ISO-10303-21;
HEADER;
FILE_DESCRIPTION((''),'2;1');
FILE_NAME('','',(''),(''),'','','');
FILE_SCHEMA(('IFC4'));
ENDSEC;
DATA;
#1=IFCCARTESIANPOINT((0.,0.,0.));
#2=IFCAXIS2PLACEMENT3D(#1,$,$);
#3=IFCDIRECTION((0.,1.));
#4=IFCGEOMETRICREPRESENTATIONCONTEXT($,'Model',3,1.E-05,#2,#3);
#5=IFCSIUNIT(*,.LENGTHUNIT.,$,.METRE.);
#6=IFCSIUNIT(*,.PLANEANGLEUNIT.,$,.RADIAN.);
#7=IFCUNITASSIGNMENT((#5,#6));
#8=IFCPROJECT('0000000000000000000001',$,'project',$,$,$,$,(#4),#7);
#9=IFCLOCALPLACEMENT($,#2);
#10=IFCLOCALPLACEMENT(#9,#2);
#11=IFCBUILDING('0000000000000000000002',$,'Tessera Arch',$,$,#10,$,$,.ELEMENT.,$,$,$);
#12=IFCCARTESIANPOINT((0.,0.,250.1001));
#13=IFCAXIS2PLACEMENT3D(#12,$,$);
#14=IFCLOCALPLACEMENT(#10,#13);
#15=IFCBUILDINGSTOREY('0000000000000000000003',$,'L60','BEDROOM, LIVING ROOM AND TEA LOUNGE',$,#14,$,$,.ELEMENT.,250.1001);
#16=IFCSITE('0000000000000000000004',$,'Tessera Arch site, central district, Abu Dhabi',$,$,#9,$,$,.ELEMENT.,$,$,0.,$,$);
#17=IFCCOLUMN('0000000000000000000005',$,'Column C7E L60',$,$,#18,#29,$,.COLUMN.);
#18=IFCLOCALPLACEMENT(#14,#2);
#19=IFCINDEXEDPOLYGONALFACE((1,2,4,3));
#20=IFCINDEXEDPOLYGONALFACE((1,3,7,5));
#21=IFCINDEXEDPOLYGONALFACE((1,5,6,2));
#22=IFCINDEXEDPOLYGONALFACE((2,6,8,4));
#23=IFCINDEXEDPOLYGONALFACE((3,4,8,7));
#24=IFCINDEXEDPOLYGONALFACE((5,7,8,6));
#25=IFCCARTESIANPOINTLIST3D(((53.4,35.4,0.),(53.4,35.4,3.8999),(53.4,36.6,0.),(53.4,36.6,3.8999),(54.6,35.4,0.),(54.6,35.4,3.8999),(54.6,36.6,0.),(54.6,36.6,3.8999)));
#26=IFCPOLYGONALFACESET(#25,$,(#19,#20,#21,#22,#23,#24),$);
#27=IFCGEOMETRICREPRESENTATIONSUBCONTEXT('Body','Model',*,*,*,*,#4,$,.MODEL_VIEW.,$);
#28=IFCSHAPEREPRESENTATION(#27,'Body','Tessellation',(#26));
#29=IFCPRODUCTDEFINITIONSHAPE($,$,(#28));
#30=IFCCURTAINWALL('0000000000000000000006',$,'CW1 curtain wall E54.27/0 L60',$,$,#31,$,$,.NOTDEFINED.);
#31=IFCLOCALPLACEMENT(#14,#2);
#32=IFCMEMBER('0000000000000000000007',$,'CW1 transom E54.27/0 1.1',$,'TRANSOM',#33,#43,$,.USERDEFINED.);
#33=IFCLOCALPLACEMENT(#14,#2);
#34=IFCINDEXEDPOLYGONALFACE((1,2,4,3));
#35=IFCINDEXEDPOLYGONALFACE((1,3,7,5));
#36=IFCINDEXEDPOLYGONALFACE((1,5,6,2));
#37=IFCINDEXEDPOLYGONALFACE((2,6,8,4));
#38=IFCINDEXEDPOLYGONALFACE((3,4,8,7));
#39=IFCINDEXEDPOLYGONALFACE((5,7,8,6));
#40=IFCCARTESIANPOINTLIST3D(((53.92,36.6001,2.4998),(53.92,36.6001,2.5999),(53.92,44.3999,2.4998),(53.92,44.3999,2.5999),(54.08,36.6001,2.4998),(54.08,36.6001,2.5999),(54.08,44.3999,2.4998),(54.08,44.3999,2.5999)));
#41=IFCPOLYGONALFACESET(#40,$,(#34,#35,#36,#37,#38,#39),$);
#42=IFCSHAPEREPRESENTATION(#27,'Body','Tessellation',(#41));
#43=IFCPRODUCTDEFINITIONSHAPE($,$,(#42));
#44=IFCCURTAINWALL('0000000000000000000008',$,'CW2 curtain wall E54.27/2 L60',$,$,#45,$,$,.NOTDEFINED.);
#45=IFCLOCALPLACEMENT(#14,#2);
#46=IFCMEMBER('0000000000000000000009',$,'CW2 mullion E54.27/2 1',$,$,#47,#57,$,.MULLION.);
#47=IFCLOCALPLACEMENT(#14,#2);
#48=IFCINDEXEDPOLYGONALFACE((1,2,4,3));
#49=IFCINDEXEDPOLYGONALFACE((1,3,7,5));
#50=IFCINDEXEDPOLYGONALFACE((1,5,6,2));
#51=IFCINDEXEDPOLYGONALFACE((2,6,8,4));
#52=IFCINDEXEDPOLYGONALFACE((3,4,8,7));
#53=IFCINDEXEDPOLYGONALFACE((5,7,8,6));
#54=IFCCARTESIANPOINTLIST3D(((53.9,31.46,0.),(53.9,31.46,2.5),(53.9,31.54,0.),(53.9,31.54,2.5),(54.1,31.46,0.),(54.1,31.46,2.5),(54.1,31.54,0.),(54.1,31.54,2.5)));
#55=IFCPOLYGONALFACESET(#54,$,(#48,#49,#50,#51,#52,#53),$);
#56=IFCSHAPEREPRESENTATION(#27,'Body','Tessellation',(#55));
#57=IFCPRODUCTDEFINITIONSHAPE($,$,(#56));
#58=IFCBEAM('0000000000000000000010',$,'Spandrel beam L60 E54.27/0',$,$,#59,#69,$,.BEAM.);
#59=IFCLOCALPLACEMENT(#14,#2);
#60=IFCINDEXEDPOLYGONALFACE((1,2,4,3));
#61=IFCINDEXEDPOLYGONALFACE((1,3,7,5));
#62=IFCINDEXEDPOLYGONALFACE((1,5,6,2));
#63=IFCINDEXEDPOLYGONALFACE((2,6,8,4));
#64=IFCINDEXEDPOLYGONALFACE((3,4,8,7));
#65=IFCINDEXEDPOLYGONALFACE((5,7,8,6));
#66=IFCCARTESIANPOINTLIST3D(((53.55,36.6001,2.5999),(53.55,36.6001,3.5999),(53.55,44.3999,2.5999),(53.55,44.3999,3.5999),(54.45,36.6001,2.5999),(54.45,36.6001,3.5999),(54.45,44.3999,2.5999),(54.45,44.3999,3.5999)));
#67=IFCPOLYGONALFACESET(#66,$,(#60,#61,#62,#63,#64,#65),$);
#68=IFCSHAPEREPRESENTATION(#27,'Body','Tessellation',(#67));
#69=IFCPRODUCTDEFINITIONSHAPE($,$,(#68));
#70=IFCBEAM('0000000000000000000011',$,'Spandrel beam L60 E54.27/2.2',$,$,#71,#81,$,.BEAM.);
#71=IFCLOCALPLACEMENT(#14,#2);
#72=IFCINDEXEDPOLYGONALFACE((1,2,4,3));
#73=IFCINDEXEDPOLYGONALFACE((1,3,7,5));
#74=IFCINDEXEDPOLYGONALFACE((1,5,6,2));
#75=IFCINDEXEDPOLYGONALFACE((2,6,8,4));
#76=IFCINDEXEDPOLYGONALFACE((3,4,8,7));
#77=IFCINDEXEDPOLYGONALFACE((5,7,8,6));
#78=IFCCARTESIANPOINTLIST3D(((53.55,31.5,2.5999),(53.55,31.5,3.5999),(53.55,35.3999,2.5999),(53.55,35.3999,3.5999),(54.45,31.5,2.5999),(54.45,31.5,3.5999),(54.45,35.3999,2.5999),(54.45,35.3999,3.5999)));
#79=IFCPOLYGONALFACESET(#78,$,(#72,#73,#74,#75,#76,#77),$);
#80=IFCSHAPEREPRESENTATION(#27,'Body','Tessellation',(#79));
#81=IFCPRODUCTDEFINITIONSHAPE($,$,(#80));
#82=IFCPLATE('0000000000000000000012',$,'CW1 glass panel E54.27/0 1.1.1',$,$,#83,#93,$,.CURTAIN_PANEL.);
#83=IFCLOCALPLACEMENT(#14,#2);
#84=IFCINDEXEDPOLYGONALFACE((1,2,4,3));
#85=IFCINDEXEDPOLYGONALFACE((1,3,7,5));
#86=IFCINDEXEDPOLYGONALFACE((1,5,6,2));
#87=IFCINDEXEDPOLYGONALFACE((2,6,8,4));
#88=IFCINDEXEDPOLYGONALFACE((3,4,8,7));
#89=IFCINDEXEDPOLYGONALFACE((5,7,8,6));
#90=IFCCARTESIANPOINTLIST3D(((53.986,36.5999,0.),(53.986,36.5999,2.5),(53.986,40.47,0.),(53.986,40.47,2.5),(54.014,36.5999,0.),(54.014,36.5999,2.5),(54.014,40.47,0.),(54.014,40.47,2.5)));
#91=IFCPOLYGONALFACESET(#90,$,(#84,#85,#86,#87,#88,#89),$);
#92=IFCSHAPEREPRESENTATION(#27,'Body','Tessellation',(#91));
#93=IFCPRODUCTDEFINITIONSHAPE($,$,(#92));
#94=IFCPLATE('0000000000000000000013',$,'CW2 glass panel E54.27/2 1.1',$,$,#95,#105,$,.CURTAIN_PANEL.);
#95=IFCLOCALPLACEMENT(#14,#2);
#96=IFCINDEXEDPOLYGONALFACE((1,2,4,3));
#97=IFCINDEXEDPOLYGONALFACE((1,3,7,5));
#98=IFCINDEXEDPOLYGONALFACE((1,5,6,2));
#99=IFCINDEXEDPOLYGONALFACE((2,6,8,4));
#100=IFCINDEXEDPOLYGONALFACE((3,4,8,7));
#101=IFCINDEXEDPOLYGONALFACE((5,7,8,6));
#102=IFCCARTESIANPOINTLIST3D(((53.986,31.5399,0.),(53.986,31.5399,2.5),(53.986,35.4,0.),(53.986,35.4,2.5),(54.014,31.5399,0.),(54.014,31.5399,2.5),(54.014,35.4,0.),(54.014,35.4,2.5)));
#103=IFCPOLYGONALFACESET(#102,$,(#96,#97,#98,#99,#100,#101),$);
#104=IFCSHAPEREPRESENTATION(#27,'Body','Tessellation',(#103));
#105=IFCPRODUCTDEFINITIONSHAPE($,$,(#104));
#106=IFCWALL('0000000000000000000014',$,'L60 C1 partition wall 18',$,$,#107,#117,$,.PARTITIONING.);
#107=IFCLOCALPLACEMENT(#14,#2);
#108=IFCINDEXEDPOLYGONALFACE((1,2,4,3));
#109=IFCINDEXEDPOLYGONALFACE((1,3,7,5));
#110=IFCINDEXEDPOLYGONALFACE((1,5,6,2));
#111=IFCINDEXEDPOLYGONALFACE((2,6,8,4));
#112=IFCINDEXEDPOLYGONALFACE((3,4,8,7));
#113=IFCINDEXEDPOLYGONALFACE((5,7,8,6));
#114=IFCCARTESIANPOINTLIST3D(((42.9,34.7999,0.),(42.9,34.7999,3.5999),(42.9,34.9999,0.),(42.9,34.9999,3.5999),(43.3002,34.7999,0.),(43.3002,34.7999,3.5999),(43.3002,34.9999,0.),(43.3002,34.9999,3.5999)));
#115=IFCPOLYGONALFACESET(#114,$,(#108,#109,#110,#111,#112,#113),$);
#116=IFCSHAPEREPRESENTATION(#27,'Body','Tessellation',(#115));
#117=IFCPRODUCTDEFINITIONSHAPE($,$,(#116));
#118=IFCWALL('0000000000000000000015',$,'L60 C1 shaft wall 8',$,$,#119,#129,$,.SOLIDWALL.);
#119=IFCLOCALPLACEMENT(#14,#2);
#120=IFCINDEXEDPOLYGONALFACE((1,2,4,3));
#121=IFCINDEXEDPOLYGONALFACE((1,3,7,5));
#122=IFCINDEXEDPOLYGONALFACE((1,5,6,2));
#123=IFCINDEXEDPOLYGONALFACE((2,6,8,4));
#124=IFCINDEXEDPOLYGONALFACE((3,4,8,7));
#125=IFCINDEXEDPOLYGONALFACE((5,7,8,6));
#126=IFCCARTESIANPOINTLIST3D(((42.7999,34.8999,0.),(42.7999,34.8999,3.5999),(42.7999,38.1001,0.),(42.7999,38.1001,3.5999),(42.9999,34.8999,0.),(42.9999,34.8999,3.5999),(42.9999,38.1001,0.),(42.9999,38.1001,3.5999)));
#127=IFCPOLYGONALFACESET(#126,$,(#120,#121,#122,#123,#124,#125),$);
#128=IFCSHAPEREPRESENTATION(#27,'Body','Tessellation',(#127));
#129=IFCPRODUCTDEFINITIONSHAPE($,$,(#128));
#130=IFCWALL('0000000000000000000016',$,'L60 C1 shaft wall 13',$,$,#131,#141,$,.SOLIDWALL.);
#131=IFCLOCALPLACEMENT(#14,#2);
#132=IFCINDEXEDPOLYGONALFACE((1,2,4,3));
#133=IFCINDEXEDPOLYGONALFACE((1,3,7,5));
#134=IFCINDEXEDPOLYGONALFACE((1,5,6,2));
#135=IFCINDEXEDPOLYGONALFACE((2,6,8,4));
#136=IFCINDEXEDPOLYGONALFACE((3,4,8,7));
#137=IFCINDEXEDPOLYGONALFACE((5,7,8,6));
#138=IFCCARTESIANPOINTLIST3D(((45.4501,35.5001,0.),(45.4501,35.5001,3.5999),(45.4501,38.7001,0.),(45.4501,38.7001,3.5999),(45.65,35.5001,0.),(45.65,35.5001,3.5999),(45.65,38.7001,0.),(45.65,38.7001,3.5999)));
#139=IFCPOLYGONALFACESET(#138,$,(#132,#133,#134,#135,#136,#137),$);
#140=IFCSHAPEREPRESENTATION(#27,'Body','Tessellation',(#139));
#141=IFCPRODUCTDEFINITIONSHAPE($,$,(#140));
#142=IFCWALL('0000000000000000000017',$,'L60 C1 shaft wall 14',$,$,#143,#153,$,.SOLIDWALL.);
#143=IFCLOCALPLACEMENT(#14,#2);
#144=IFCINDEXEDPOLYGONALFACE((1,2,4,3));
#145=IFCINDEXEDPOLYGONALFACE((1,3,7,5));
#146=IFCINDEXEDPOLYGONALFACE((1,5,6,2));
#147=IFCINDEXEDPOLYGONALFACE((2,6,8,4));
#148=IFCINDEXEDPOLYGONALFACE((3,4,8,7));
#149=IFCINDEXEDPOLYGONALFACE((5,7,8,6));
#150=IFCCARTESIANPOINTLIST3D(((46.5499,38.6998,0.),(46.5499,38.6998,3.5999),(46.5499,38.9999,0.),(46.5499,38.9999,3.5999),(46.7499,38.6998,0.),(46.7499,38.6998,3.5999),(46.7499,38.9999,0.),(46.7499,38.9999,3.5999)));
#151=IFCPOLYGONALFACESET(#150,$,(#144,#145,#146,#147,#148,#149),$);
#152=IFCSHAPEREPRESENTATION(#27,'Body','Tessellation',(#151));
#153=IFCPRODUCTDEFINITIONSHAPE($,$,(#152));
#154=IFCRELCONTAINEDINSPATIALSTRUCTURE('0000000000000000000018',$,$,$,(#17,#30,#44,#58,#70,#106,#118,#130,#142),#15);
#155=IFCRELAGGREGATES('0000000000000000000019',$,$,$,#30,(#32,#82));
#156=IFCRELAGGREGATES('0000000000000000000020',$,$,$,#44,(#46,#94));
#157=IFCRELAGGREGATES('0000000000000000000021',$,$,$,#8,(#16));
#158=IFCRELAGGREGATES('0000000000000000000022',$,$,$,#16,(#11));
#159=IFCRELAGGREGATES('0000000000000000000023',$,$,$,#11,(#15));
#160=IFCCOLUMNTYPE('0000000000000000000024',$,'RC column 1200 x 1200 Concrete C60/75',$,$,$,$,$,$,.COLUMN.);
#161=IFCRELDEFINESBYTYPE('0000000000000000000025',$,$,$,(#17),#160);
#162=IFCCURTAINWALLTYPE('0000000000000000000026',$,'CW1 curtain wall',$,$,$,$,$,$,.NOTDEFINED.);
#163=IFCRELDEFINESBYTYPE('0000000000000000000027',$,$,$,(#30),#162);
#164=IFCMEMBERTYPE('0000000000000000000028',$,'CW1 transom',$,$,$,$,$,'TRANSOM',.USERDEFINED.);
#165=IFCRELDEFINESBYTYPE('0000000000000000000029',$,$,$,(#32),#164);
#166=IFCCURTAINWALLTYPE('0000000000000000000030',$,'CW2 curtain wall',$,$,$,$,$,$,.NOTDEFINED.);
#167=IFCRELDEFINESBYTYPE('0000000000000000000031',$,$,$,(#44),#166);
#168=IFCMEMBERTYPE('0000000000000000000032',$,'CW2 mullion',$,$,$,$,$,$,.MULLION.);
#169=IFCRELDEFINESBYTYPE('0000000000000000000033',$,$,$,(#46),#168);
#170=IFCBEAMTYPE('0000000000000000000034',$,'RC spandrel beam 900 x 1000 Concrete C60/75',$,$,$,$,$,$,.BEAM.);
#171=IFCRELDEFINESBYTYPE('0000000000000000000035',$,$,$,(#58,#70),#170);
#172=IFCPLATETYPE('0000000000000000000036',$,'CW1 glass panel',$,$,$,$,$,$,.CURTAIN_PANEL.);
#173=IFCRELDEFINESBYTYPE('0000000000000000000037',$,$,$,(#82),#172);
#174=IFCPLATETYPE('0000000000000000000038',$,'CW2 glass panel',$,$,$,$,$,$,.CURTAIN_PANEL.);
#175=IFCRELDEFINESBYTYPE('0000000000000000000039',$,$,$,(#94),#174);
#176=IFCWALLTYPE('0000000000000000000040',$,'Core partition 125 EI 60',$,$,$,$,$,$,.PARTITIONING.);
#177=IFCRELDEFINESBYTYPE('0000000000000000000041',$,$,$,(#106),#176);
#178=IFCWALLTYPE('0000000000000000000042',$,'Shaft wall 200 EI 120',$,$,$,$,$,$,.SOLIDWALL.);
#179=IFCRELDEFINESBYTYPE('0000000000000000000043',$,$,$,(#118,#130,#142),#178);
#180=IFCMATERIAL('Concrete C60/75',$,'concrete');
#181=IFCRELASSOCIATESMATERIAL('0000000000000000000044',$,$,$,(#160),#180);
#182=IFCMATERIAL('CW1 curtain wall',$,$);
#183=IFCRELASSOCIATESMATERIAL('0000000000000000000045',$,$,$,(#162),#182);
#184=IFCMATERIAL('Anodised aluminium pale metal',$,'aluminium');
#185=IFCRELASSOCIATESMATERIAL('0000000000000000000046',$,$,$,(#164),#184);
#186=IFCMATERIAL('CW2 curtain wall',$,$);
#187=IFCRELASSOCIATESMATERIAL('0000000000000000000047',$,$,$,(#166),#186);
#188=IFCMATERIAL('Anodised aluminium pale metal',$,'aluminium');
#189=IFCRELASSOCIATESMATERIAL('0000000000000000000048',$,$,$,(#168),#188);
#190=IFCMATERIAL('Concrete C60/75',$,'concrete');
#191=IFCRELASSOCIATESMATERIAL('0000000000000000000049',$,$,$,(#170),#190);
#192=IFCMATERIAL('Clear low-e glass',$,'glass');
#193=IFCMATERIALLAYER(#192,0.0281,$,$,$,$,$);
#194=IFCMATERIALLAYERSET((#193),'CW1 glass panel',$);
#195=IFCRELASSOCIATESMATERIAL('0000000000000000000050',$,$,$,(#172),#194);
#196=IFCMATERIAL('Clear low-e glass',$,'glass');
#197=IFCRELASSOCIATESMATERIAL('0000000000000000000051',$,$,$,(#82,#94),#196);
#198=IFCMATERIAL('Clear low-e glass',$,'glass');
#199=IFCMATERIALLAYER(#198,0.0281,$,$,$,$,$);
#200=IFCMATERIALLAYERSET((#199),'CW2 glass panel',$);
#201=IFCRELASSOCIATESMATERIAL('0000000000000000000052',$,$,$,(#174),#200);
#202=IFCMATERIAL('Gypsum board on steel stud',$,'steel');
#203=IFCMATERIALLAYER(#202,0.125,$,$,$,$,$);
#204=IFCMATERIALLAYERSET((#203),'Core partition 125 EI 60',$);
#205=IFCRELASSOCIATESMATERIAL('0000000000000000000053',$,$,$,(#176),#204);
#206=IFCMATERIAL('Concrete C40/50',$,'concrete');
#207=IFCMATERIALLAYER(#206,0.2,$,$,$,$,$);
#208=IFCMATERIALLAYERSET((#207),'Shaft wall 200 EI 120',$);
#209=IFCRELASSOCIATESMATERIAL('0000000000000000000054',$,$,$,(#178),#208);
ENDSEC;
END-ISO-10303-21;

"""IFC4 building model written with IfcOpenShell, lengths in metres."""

from ifc_helpers import new_model, si_unit, direction, frame, frame_2d, origin, origin_2d, place, context, subcontext, project, spatial, rectangle, extrude, material, layer, layer_set, material_profile, profile_set, type_object, element, aggregate, save


model = new_model("IFC4")

# Units and contexts
model_context = context("Model", 3, precision=1e-05, world=origin(), true_north=direction((0.0, 1.0)))
body_context = subcontext(model_context, "Body", "Model", "MODEL_VIEW")
ifc_project = project(units=[si_unit("LENGTHUNIT", "METRE"), si_unit("PLANEANGLEUNIT", "RADIAN")], contexts=[model_context])

# Site, building, storey
site_placement = place(None, origin())
site = spatial("IfcSite", under=ifc_project, at=site_placement, Name="Tessera Arch site, central district, Abu Dhabi", CompositionType="ELEMENT", RefElevation=0.0)
building_placement = place(site_placement, origin())
building = spatial("IfcBuilding", under=site, at=building_placement, Name="Tessera Arch", CompositionType="ELEMENT")
storey_placement = place(building_placement, frame((0.0, 0.0, 250.1001)))
storey = spatial("IfcBuildingStorey", under=building, at=storey_placement, Name="L60", Description="BEDROOM, LIVING ROOM AND TEA LOUNGE", CompositionType="ELEMENT", Elevation=250.1001)

# Column
ifc_material_1 = material(Name="Concrete C60/75", Category="concrete")
ifc_material_profile_1 = material_profile(ifc_material_1, rectangle(XDim=1.2, YDim=1.2, at=origin_2d()), Name="RC column 1200 x 1200 Concrete C60/75")
ifc_profile_set_1 = profile_set([ifc_material_profile_1], Name="Concrete C60/75")
column_type = type_object("IfcColumnType", Name="RC column 1200 x 1200 Concrete C60/75", PredefinedType="COLUMN", material=ifc_profile_set_1)
column_placement = place(storey_placement, frame((54.0, 36.0, 0.0), z_axis=(0.0, 0.0, 1.0), x_axis=(1.0, 0.0, 0.0)))
element("IfcColumn", 1, at=column_placement, inside=storey, type_object=column_type, Name="Column C7E L60", PredefinedType="COLUMN", context=body_context, shape_type="SweptSolid", body=[
    extrude(rectangle(XDim=1.2, YDim=1.2, at=origin_2d()), origin(), (0.0, 0.0, 1.0), 3.8999),
])

# Curtain walls, members
ifc_material_2 = material(Name="CW1 curtain wall")
curtain_wall_type_1 = type_object("IfcCurtainWallType", Name="CW1 curtain wall", PredefinedType="NOTDEFINED", material=ifc_material_2)
curtain_wall_1_placement = place(storey_placement, origin())
curtain_wall_1 = element("IfcCurtainWall", 2, at=curtain_wall_1_placement, inside=storey, type_object=curtain_wall_type_1, Name="CW1 curtain wall E54.27/0 L60", PredefinedType="NOTDEFINED")
ifc_material_3 = material(Name="Anodised aluminium pale metal", Category="aluminium")
ifc_material_profile_2 = material_profile(ifc_material_3, rectangle(XDim=0.1599, YDim=0.1001, at=origin_2d()), Name="AL 160x100")
ifc_profile_set_2 = profile_set([ifc_material_profile_2], Name="Anodised aluminium pale metal")
member_type_1 = type_object("IfcMemberType", Name="CW1 transom", ElementType="TRANSOM", PredefinedType="USERDEFINED", material=ifc_profile_set_2)
member_1_placement = place(storey_placement, frame((54.0, 36.6001, 2.5498), z_axis=(0.0, 1.0, 0.0), x_axis=(-1.0, 0.0, 0.0)))
member_1 = element("IfcMember", 3, at=member_1_placement, type_object=member_type_1, Name="CW1 transom E54.27/0 1.1", ObjectType="TRANSOM", PredefinedType="USERDEFINED", context=body_context, shape_type="SweptSolid", body=[
    extrude(rectangle(XDim=0.1599, YDim=0.1001, at=origin_2d()), origin(), (0.0, 0.0, 1.0), 7.7998),
])
ifc_material_4 = material(Name="CW2 curtain wall")
curtain_wall_type_2 = type_object("IfcCurtainWallType", Name="CW2 curtain wall", PredefinedType="NOTDEFINED", material=ifc_material_4)
curtain_wall_2_placement = place(storey_placement, origin())
curtain_wall_2 = element("IfcCurtainWall", 4, at=curtain_wall_2_placement, inside=storey, type_object=curtain_wall_type_2, Name="CW2 curtain wall E54.27/2 L60", PredefinedType="NOTDEFINED")
ifc_material_5 = material(Name="Anodised aluminium pale metal", Category="aluminium")
ifc_material_profile_3 = material_profile(ifc_material_5, rectangle(XDim=0.2, YDim=0.0801, at=origin_2d()), Name="AL 80x200")
ifc_profile_set_3 = profile_set([ifc_material_profile_3], Name="Anodised aluminium pale metal")
member_type_2 = type_object("IfcMemberType", Name="CW2 mullion", PredefinedType="MULLION", material=ifc_profile_set_3)
member_2_placement = place(storey_placement, frame((54.0, 31.5, 0.0), z_axis=(0.0, 0.0, 1.0), x_axis=(-1.0, 0.0, 0.0)))
member_2 = element("IfcMember", 5, at=member_2_placement, type_object=member_type_2, Name="CW2 mullion E54.27/2 1", PredefinedType="MULLION", context=body_context, shape_type="SweptSolid", body=[
    extrude(rectangle(XDim=0.2, YDim=0.0801, at=origin_2d()), origin(), (0.0, 0.0, 1.0), 2.5),
])

# Beams
ifc_material_6 = material(Name="Concrete C60/75", Category="concrete")
ifc_material_profile_4 = material_profile(ifc_material_6, rectangle(XDim=0.8999, YDim=1.0, at=origin_2d()), Name="RC spandrel beam 900 x 1000 Concrete C60/75")
ifc_profile_set_4 = profile_set([ifc_material_profile_4], Name="Concrete C60/75")
beam_type = type_object("IfcBeamType", Name="RC spandrel beam 900 x 1000 Concrete C60/75", PredefinedType="BEAM", material=ifc_profile_set_4)
beam_1_placement = place(storey_placement, frame((54.0, 36.6001, 3.0999), z_axis=(0.0, 1.0, 0.0), x_axis=(-1.0, 0.0, 0.0)))
element("IfcBeam", 6, at=beam_1_placement, inside=storey, type_object=beam_type, Name="Spandrel beam L60 E54.27/0", PredefinedType="BEAM", context=body_context, shape_type="SweptSolid", body=[
    extrude(rectangle(XDim=0.8999, YDim=1.0, at=origin_2d()), origin(), (0.0, 0.0, 1.0), 7.7998),
])
beam_2_placement = place(storey_placement, frame((54.0, 31.5, 3.0999), z_axis=(0.0, 1.0, 0.0), x_axis=(-1.0, 0.0, 0.0)))
element("IfcBeam", 7, at=beam_2_placement, inside=storey, type_object=beam_type, Name="Spandrel beam L60 E54.27/2.2", PredefinedType="BEAM", context=body_context, shape_type="SweptSolid", body=[
    extrude(rectangle(XDim=0.8999, YDim=1.0, at=origin_2d()), origin(), (0.0, 0.0, 1.0), 3.8999),
])

# Plates
ifc_material_7 = material(Name="Clear low-e glass", Category="glass")
ifc_material_8 = material(Name="Clear low-e glass", Category="glass")
ifc_layer_1 = layer(ifc_material_8, 0.0281)
ifc_layer_set_1 = layer_set([ifc_layer_1], Name="CW1 glass panel")
plate_type_1 = type_object("IfcPlateType", Name="CW1 glass panel", PredefinedType="CURTAIN_PANEL", material=ifc_layer_set_1)
plate_1_placement = place(storey_placement, frame((54.0, 38.5349, 0.0), z_axis=(0.0, 0.0, 1.0), x_axis=(0.0, 1.0, 0.0)))
plate_1 = element("IfcPlate", 8, at=plate_1_placement, type_object=plate_type_1, material=ifc_material_7, Name="CW1 glass panel E54.27/0 1.1.1", PredefinedType="CURTAIN_PANEL", context=body_context, shape_type="SweptSolid", body=[
    extrude(rectangle(XDim=3.8701, YDim=0.0281, at=origin_2d()), origin(), (0.0, 0.0, 1.0), 2.5),
])
aggregate(curtain_wall_1, [member_1, plate_1])
ifc_material_9 = material(Name="Clear low-e glass", Category="glass")
ifc_layer_2 = layer(ifc_material_9, 0.0281)
ifc_layer_set_2 = layer_set([ifc_layer_2], Name="CW2 glass panel")
plate_type_2 = type_object("IfcPlateType", Name="CW2 glass panel", PredefinedType="CURTAIN_PANEL", material=ifc_layer_set_2)
plate_2_placement = place(storey_placement, frame((54.0, 33.47, 0.0), z_axis=(0.0, 0.0, 1.0), x_axis=(0.0, 1.0, 0.0)))
plate_2 = element("IfcPlate", 9, at=plate_2_placement, type_object=plate_type_2, material=ifc_material_7, Name="CW2 glass panel E54.27/2 1.1", PredefinedType="CURTAIN_PANEL", context=body_context, shape_type="SweptSolid", body=[
    extrude(rectangle(XDim=3.8601, YDim=0.0281, at=origin_2d()), origin(), (0.0, 0.0, 1.0), 2.5),
])
aggregate(curtain_wall_2, [member_2, plate_2])

# Walls
ifc_material_10 = material(Name="Gypsum board on steel stud", Category="steel")
ifc_layer_3 = layer(ifc_material_10, 0.125)
ifc_layer_set_3 = layer_set([ifc_layer_3], Name="Core partition 125 EI 60")
wall_type_1 = type_object("IfcWallType", Name="Core partition 125 EI 60", PredefinedType="PARTITIONING", material=ifc_layer_set_3)
wall_1_placement = place(storey_placement, frame((42.8999, 34.8999, 0.0), z_axis=(0.0, 0.0, 1.0), x_axis=(1.0, 0.0, 0.0)))
element("IfcWall", 10, at=wall_1_placement, inside=storey, type_object=wall_type_1, Name="L60 C1 partition wall 18", PredefinedType="PARTITIONING", context=body_context, shape_type="SweptSolid", body=[
    extrude(rectangle(XDim=0.4001, YDim=0.2, at=frame_2d((0.2002, 0.0))), origin(), (0.0, 0.0, 1.0), 3.5999),
])
ifc_material_11 = material(Name="Concrete C40/50", Category="concrete")
ifc_layer_4 = layer(ifc_material_11, 0.2)
ifc_layer_set_4 = layer_set([ifc_layer_4], Name="Shaft wall 200 EI 120")
wall_type_2 = type_object("IfcWallType", Name="Shaft wall 200 EI 120", PredefinedType="SOLIDWALL", material=ifc_layer_set_4)
wall_2_placement = place(storey_placement, frame((42.8999, 34.8999, 0.0), z_axis=(0.0, 0.0, 1.0), x_axis=(0.0, 1.0, 0.0)))
element("IfcWall", 11, at=wall_2_placement, inside=storey, type_object=wall_type_2, Name="L60 C1 shaft wall 8", PredefinedType="SOLIDWALL", context=body_context, shape_type="SweptSolid", body=[
    extrude(rectangle(XDim=3.2002, YDim=0.2, at=frame_2d((1.6001, 0.0))), origin(), (0.0, 0.0, 1.0), 3.5999),
])
wall_3_placement = place(storey_placement, frame((45.55, 35.5, 0.0), z_axis=(0.0, 0.0, 1.0), x_axis=(0.0, 1.0, 0.0)))
element("IfcWall", 12, at=wall_3_placement, inside=storey, type_object=wall_type_2, Name="L60 C1 shaft wall 13", PredefinedType="SOLIDWALL", context=body_context, shape_type="SweptSolid", body=[
    extrude(rectangle(XDim=3.2, YDim=0.2, at=frame_2d((1.6001, 0.0))), origin(), (0.0, 0.0, 1.0), 3.5999),
])
wall_4_placement = place(storey_placement, frame((46.6499, 38.7, 0.0), z_axis=(0.0, 0.0, 1.0), x_axis=(0.0, 1.0, 0.0)))
element("IfcWall", 13, at=wall_4_placement, inside=storey, type_object=wall_type_2, Name="L60 C1 shaft wall 14", PredefinedType="SOLIDWALL", context=body_context, shape_type="SweptSolid", body=[
    extrude(rectangle(XDim=0.3, YDim=0.2, at=frame_2d((0.1499, 0.0))), origin(), (0.0, 0.0, 1.0), 3.5999),
])

save(model, "model.ifc")
